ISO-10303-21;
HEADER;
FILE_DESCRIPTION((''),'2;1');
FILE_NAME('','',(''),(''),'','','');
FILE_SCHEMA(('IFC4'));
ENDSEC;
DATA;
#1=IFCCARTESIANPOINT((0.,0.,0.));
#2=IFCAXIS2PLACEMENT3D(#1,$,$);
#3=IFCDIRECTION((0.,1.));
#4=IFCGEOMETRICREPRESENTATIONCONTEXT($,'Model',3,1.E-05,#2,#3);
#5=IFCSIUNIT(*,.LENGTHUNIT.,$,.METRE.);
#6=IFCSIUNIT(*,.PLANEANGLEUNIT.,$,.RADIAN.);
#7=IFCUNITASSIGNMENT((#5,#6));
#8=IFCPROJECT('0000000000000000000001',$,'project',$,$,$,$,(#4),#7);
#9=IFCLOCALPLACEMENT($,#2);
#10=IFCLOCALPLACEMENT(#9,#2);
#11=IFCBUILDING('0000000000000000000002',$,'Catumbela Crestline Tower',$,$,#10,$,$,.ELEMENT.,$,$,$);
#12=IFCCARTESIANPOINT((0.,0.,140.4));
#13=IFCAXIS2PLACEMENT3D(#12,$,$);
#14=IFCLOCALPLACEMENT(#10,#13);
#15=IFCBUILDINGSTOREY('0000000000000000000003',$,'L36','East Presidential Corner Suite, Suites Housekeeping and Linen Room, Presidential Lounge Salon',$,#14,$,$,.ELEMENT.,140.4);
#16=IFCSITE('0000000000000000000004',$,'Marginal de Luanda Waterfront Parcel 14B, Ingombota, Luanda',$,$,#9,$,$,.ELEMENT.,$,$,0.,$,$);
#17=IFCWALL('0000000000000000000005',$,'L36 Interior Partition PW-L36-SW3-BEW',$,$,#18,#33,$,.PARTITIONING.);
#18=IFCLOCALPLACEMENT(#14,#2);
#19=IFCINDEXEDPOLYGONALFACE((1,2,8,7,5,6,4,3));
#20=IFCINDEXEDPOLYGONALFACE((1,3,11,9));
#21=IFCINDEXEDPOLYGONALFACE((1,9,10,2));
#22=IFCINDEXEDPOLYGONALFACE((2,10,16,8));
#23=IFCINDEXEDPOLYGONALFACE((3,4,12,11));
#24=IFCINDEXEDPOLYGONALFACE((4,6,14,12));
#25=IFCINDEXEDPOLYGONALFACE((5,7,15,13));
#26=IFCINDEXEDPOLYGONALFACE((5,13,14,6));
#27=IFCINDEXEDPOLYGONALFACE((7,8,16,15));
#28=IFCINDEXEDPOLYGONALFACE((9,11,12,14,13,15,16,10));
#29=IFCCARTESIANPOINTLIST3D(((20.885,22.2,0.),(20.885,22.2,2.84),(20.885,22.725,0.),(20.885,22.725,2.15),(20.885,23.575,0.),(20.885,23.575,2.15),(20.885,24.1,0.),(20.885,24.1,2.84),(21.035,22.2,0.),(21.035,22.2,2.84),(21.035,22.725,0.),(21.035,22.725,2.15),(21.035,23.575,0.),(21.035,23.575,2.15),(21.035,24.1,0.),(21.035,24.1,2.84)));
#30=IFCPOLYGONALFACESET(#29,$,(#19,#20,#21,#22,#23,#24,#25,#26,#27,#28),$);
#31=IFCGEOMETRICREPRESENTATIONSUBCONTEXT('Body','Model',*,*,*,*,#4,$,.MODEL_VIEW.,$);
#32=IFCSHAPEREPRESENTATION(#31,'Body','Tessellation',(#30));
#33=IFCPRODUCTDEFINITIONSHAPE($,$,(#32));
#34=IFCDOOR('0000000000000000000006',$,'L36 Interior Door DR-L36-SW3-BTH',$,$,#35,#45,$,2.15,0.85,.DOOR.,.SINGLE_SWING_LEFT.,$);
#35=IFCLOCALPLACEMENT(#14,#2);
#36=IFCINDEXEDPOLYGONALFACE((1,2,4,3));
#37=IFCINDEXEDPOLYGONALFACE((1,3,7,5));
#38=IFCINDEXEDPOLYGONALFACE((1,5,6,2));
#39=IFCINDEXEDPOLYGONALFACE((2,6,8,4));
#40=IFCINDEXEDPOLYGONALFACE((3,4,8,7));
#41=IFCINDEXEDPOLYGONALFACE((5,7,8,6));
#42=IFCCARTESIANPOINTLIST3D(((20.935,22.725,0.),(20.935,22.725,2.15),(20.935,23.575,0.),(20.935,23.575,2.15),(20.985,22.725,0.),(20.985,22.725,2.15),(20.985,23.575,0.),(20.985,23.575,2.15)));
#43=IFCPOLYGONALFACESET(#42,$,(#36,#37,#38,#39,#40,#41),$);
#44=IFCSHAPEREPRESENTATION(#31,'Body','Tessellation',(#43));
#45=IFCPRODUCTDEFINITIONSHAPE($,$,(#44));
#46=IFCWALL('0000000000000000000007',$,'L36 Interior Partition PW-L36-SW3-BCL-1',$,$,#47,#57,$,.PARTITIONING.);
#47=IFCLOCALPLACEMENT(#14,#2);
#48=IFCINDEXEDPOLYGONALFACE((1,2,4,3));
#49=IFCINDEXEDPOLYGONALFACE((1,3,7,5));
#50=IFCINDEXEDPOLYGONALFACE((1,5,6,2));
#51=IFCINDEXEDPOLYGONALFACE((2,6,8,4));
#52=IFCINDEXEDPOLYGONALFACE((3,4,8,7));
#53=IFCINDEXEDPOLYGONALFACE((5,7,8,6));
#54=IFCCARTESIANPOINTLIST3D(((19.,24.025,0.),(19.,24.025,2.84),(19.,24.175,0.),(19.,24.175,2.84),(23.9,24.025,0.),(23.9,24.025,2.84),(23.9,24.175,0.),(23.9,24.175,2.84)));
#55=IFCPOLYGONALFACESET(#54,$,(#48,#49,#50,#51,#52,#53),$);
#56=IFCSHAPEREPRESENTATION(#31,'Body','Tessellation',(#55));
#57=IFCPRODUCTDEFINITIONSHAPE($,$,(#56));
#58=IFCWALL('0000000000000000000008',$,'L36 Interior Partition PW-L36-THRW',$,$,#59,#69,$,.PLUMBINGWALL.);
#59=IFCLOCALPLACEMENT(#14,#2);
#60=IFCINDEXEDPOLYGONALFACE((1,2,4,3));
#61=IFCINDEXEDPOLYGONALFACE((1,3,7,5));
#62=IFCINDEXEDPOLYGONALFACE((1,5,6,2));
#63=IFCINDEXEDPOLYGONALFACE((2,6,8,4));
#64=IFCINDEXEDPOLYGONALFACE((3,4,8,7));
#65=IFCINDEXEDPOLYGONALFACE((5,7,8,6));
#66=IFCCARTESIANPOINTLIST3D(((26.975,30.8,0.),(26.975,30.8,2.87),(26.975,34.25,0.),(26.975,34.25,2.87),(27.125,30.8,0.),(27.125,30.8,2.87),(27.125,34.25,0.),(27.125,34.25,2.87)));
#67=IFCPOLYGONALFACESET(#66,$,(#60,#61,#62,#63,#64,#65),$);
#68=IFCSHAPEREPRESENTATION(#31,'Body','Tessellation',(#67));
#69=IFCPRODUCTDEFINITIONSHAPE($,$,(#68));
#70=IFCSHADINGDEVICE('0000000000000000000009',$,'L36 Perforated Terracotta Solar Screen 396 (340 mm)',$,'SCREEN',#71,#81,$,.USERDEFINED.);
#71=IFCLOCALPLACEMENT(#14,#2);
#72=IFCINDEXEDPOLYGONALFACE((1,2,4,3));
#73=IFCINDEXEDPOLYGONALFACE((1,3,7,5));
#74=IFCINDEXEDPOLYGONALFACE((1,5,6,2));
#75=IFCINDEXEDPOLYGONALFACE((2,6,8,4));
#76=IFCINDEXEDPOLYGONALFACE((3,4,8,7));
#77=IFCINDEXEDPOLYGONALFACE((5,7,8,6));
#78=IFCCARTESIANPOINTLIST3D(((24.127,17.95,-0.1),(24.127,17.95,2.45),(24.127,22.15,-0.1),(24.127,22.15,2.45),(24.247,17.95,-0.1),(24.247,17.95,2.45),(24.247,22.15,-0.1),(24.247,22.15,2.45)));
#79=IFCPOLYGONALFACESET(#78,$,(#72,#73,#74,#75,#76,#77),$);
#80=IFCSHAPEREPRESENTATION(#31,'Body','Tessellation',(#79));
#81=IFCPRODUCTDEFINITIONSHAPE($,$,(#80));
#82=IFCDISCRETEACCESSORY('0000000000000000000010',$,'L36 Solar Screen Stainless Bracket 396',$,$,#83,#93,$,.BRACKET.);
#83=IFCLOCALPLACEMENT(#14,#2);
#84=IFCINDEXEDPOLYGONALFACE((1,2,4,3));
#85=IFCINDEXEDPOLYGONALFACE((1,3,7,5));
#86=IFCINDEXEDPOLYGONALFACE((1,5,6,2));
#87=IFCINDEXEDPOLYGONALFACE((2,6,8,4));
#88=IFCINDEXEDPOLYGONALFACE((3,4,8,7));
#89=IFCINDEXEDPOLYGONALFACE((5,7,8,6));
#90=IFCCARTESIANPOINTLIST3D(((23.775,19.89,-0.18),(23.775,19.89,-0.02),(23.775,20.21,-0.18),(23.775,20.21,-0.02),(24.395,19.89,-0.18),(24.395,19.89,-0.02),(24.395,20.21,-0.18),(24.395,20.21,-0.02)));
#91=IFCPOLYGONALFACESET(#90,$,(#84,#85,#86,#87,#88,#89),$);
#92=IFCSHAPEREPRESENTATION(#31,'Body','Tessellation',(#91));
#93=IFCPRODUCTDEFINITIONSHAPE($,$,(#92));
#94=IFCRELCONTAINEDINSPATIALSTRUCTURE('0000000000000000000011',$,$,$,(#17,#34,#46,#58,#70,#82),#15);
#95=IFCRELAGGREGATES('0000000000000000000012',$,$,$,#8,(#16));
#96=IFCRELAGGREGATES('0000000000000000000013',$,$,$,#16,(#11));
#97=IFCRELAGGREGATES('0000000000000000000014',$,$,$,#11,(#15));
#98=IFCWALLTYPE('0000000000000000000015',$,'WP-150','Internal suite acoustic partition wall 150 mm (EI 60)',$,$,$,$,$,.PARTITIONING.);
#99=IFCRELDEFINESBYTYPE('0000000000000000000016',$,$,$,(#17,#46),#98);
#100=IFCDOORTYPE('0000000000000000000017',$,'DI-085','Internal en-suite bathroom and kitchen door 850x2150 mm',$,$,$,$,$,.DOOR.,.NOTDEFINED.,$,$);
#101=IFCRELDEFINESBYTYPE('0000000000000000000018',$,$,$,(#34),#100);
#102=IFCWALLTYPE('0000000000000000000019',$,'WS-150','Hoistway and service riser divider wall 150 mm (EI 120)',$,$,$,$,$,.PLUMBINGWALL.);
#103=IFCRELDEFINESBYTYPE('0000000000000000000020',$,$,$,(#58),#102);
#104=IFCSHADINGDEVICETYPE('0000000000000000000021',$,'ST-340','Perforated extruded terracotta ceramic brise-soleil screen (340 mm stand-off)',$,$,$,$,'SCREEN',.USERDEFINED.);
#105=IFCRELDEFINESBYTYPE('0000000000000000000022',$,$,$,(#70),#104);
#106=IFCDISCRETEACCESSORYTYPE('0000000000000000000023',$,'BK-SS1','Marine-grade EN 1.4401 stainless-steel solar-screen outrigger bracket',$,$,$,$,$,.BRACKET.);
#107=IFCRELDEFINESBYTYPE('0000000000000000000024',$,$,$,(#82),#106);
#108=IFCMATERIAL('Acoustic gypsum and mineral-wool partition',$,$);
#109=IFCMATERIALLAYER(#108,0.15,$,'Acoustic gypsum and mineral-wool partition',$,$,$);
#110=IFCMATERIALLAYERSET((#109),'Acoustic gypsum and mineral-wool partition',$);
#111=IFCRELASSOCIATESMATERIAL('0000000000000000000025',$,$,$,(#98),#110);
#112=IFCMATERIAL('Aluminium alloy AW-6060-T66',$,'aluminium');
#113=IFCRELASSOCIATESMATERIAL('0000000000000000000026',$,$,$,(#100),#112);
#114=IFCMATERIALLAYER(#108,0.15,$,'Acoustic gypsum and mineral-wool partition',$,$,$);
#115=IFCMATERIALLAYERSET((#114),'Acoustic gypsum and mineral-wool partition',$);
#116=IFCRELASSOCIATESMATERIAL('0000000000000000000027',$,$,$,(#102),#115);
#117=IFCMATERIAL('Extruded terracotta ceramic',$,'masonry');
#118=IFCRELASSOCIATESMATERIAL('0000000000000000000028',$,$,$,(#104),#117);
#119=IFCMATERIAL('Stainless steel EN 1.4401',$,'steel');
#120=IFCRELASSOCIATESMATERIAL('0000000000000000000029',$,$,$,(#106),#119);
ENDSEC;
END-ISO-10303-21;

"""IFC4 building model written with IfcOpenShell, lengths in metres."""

from ifc_helpers import new_model, si_unit, direction, frame, frame_2d, origin, origin_2d, place, context, subcontext, project, spatial, rectangle, extrude, material, layer, layer_set, type_object, element, fill, save


model = new_model("IFC4")

# Units and contexts
model_context = context("Model", 3, precision=1e-05, world=origin(), true_north=direction((0.0, 1.0)))
body_context = subcontext(model_context, "Body", "Model", "MODEL_VIEW")
ifc_project = project(units=[si_unit("LENGTHUNIT", "METRE"), si_unit("PLANEANGLEUNIT", "RADIAN")], contexts=[model_context])

# Site, building, storey
site_placement = place(None, origin())
site = spatial("IfcSite", under=ifc_project, at=site_placement, Name="Marginal de Luanda Waterfront Parcel 14B, Ingombota, Luanda", CompositionType="ELEMENT", RefElevation=0.0)
building_placement = place(site_placement, origin())
building = spatial("IfcBuilding", under=site, at=building_placement, Name="Catumbela Crestline Tower", CompositionType="ELEMENT")
storey_placement = place(building_placement, frame((0.0, 0.0, 140.4)))
storey = spatial("IfcBuildingStorey", under=building, at=storey_placement, Name="L36", Description="East Presidential Corner Suite, Suites Housekeeping and Linen Room, Presidential Lounge Salon", CompositionType="ELEMENT", Elevation=140.4)

# Shared definitions
ifc_material_1 = material(Name="Aluminium alloy AW-6060-T66", Category="aluminium")

# Shared definitions
ifc_material_2 = material(Name="Acoustic gypsum and mineral-wool partition")
ifc_layer_1 = layer(ifc_material_2, 0.15, Name="Acoustic gypsum and mineral-wool partition")
ifc_layer_set_1 = layer_set([ifc_layer_1], Name="Acoustic gypsum and mineral-wool partition")
wall_type_1 = type_object("IfcWallType", Name="WP-150", Description="Internal suite acoustic partition wall 150 mm (EI 60)", PredefinedType="PARTITIONING", material=ifc_layer_set_1)

# Shared definitions
door_type = type_object("IfcDoorType", Name="DI-085", Description="Internal en-suite bathroom and kitchen door 850x2150 mm", OperationType="NOTDEFINED", PredefinedType="DOOR", material=ifc_material_1)

# Wall, opening, door
wall_1_placement = place(storey_placement, frame((20.96, 22.2, 0.0), z_axis=(0.0, 0.0, 1.0), x_axis=(0.0, 1.0, 0.0)))
wall_1 = element("IfcWall", 1, at=wall_1_placement, inside=storey, type_object=wall_type_1, Name="L36 Interior Partition PW-L36-SW3-BEW", PredefinedType="PARTITIONING", context=body_context, shape_type="SweptSolid", body=[
    extrude(rectangle(XDim=1.9, YDim=0.15, at=frame_2d((0.95, 0.0))), origin(), (0.0, 0.0, 1.0), 2.84),
])
opening_1_placement = place(wall_1_placement, frame((0.525, 0.0, 0.0)))
opening_1 = element("IfcOpeningElement", 2, at=opening_1_placement, cuts=wall_1, PredefinedType="OPENING", context=body_context, shape_type="SweptSolid", body=[
    extrude(rectangle(XDim=0.85, YDim=2.15, at=frame_2d((0.425, 1.075))), frame((0.0, 0.085, 0.0), z_axis=(0.0, -1.0, 0.0), x_axis=(1.0, 0.0, 0.0)), (0.0, 0.0, 1.0), 0.17),
])
door_1_placement = place(opening_1_placement, origin())
door_1 = element("IfcDoor", 3, at=door_1_placement, inside=storey, type_object=door_type, Name="L36 Interior Door DR-L36-SW3-BTH", OperationType="SINGLE_SWING_LEFT", OverallHeight=2.15, OverallWidth=0.85, PredefinedType="DOOR", context=body_context, shape_type="SweptSolid", body=[
    extrude(rectangle(XDim=0.85, YDim=2.15, at=frame_2d((0.425, 1.075))), frame((0.0, 0.025, 0.0), z_axis=(0.0, -1.0, 0.0), x_axis=(1.0, 0.0, 0.0)), (0.0, 0.0, 1.0), 0.05),
])
fill(opening_1, door_1)

# Walls
wall_2_placement = place(storey_placement, frame((19.0, 24.1, 0.0), z_axis=(0.0, 0.0, 1.0), x_axis=(1.0, 0.0, 0.0)))
element("IfcWall", 4, at=wall_2_placement, inside=storey, type_object=wall_type_1, Name="L36 Interior Partition PW-L36-SW3-BCL-1", PredefinedType="PARTITIONING", context=body_context, shape_type="SweptSolid", body=[
    extrude(rectangle(XDim=4.9, YDim=0.15, at=frame_2d((2.45, 0.0))), origin(), (0.0, 0.0, 1.0), 2.84),
])
ifc_layer_2 = layer(ifc_material_2, 0.15, Name="Acoustic gypsum and mineral-wool partition")
ifc_layer_set_2 = layer_set([ifc_layer_2], Name="Acoustic gypsum and mineral-wool partition")
wall_type_2 = type_object("IfcWallType", Name="WS-150", Description="Hoistway and service riser divider wall 150 mm (EI 120)", PredefinedType="PLUMBINGWALL", material=ifc_layer_set_2)
wall_3_placement = place(storey_placement, frame((27.05, 30.8, 0.0), z_axis=(0.0, 0.0, 1.0), x_axis=(0.0, 1.0, 0.0)))
element("IfcWall", 5, at=wall_3_placement, inside=storey, type_object=wall_type_2, Name="L36 Interior Partition PW-L36-THRW", PredefinedType="PLUMBINGWALL", context=body_context, shape_type="SweptSolid", body=[
    extrude(rectangle(XDim=3.45, YDim=0.15, at=frame_2d((1.725, 0.0))), origin(), (0.0, 0.0, 1.0), 2.87),
])

# Shading device
ifc_material_3 = material(Name="Extruded terracotta ceramic", Category="masonry")
shading_device_type = type_object("IfcShadingDeviceType", Name="ST-340", Description="Perforated extruded terracotta ceramic brise-soleil screen (340 mm stand-off)", ElementType="SCREEN", PredefinedType="USERDEFINED", material=ifc_material_3)
shading_device_placement = place(storey_placement, frame((24.187, 20.05, -0.1), z_axis=(0.0, 0.0, 1.0), x_axis=(0.0, 1.0, 0.0)))
element("IfcShadingDevice", 6, at=shading_device_placement, inside=storey, type_object=shading_device_type, Name="L36 Perforated Terracotta Solar Screen 396 (340 mm)", ObjectType="SCREEN", PredefinedType="USERDEFINED", context=body_context, shape_type="SweptSolid", body=[
    extrude(rectangle(XDim=4.2, YDim=0.12, at=origin_2d()), origin(), (0.0, 0.0, 1.0), 2.55),
])

# Discrete accessory
ifc_material_4 = material(Name="Stainless steel EN 1.4401", Category="steel")
discrete_accessory_type = type_object("IfcDiscreteAccessoryType", Name="BK-SS1", Description="Marine-grade EN 1.4401 stainless-steel solar-screen outrigger bracket", PredefinedType="BRACKET", material=ifc_material_4)
discrete_accessory_placement = place(storey_placement, frame((24.085, 20.05, -0.18), z_axis=(0.0, 0.0, 1.0), x_axis=(0.0, 1.0, 0.0)))
element("IfcDiscreteAccessory", 7, at=discrete_accessory_placement, inside=storey, type_object=discrete_accessory_type, Name="L36 Solar Screen Stainless Bracket 396", PredefinedType="BRACKET", context=body_context, shape_type="SweptSolid", body=[
    extrude(rectangle(XDim=0.32, YDim=0.62, at=origin_2d()), origin(), (0.0, 0.0, 1.0), 0.16),
])

save(model, "model.ifc")
